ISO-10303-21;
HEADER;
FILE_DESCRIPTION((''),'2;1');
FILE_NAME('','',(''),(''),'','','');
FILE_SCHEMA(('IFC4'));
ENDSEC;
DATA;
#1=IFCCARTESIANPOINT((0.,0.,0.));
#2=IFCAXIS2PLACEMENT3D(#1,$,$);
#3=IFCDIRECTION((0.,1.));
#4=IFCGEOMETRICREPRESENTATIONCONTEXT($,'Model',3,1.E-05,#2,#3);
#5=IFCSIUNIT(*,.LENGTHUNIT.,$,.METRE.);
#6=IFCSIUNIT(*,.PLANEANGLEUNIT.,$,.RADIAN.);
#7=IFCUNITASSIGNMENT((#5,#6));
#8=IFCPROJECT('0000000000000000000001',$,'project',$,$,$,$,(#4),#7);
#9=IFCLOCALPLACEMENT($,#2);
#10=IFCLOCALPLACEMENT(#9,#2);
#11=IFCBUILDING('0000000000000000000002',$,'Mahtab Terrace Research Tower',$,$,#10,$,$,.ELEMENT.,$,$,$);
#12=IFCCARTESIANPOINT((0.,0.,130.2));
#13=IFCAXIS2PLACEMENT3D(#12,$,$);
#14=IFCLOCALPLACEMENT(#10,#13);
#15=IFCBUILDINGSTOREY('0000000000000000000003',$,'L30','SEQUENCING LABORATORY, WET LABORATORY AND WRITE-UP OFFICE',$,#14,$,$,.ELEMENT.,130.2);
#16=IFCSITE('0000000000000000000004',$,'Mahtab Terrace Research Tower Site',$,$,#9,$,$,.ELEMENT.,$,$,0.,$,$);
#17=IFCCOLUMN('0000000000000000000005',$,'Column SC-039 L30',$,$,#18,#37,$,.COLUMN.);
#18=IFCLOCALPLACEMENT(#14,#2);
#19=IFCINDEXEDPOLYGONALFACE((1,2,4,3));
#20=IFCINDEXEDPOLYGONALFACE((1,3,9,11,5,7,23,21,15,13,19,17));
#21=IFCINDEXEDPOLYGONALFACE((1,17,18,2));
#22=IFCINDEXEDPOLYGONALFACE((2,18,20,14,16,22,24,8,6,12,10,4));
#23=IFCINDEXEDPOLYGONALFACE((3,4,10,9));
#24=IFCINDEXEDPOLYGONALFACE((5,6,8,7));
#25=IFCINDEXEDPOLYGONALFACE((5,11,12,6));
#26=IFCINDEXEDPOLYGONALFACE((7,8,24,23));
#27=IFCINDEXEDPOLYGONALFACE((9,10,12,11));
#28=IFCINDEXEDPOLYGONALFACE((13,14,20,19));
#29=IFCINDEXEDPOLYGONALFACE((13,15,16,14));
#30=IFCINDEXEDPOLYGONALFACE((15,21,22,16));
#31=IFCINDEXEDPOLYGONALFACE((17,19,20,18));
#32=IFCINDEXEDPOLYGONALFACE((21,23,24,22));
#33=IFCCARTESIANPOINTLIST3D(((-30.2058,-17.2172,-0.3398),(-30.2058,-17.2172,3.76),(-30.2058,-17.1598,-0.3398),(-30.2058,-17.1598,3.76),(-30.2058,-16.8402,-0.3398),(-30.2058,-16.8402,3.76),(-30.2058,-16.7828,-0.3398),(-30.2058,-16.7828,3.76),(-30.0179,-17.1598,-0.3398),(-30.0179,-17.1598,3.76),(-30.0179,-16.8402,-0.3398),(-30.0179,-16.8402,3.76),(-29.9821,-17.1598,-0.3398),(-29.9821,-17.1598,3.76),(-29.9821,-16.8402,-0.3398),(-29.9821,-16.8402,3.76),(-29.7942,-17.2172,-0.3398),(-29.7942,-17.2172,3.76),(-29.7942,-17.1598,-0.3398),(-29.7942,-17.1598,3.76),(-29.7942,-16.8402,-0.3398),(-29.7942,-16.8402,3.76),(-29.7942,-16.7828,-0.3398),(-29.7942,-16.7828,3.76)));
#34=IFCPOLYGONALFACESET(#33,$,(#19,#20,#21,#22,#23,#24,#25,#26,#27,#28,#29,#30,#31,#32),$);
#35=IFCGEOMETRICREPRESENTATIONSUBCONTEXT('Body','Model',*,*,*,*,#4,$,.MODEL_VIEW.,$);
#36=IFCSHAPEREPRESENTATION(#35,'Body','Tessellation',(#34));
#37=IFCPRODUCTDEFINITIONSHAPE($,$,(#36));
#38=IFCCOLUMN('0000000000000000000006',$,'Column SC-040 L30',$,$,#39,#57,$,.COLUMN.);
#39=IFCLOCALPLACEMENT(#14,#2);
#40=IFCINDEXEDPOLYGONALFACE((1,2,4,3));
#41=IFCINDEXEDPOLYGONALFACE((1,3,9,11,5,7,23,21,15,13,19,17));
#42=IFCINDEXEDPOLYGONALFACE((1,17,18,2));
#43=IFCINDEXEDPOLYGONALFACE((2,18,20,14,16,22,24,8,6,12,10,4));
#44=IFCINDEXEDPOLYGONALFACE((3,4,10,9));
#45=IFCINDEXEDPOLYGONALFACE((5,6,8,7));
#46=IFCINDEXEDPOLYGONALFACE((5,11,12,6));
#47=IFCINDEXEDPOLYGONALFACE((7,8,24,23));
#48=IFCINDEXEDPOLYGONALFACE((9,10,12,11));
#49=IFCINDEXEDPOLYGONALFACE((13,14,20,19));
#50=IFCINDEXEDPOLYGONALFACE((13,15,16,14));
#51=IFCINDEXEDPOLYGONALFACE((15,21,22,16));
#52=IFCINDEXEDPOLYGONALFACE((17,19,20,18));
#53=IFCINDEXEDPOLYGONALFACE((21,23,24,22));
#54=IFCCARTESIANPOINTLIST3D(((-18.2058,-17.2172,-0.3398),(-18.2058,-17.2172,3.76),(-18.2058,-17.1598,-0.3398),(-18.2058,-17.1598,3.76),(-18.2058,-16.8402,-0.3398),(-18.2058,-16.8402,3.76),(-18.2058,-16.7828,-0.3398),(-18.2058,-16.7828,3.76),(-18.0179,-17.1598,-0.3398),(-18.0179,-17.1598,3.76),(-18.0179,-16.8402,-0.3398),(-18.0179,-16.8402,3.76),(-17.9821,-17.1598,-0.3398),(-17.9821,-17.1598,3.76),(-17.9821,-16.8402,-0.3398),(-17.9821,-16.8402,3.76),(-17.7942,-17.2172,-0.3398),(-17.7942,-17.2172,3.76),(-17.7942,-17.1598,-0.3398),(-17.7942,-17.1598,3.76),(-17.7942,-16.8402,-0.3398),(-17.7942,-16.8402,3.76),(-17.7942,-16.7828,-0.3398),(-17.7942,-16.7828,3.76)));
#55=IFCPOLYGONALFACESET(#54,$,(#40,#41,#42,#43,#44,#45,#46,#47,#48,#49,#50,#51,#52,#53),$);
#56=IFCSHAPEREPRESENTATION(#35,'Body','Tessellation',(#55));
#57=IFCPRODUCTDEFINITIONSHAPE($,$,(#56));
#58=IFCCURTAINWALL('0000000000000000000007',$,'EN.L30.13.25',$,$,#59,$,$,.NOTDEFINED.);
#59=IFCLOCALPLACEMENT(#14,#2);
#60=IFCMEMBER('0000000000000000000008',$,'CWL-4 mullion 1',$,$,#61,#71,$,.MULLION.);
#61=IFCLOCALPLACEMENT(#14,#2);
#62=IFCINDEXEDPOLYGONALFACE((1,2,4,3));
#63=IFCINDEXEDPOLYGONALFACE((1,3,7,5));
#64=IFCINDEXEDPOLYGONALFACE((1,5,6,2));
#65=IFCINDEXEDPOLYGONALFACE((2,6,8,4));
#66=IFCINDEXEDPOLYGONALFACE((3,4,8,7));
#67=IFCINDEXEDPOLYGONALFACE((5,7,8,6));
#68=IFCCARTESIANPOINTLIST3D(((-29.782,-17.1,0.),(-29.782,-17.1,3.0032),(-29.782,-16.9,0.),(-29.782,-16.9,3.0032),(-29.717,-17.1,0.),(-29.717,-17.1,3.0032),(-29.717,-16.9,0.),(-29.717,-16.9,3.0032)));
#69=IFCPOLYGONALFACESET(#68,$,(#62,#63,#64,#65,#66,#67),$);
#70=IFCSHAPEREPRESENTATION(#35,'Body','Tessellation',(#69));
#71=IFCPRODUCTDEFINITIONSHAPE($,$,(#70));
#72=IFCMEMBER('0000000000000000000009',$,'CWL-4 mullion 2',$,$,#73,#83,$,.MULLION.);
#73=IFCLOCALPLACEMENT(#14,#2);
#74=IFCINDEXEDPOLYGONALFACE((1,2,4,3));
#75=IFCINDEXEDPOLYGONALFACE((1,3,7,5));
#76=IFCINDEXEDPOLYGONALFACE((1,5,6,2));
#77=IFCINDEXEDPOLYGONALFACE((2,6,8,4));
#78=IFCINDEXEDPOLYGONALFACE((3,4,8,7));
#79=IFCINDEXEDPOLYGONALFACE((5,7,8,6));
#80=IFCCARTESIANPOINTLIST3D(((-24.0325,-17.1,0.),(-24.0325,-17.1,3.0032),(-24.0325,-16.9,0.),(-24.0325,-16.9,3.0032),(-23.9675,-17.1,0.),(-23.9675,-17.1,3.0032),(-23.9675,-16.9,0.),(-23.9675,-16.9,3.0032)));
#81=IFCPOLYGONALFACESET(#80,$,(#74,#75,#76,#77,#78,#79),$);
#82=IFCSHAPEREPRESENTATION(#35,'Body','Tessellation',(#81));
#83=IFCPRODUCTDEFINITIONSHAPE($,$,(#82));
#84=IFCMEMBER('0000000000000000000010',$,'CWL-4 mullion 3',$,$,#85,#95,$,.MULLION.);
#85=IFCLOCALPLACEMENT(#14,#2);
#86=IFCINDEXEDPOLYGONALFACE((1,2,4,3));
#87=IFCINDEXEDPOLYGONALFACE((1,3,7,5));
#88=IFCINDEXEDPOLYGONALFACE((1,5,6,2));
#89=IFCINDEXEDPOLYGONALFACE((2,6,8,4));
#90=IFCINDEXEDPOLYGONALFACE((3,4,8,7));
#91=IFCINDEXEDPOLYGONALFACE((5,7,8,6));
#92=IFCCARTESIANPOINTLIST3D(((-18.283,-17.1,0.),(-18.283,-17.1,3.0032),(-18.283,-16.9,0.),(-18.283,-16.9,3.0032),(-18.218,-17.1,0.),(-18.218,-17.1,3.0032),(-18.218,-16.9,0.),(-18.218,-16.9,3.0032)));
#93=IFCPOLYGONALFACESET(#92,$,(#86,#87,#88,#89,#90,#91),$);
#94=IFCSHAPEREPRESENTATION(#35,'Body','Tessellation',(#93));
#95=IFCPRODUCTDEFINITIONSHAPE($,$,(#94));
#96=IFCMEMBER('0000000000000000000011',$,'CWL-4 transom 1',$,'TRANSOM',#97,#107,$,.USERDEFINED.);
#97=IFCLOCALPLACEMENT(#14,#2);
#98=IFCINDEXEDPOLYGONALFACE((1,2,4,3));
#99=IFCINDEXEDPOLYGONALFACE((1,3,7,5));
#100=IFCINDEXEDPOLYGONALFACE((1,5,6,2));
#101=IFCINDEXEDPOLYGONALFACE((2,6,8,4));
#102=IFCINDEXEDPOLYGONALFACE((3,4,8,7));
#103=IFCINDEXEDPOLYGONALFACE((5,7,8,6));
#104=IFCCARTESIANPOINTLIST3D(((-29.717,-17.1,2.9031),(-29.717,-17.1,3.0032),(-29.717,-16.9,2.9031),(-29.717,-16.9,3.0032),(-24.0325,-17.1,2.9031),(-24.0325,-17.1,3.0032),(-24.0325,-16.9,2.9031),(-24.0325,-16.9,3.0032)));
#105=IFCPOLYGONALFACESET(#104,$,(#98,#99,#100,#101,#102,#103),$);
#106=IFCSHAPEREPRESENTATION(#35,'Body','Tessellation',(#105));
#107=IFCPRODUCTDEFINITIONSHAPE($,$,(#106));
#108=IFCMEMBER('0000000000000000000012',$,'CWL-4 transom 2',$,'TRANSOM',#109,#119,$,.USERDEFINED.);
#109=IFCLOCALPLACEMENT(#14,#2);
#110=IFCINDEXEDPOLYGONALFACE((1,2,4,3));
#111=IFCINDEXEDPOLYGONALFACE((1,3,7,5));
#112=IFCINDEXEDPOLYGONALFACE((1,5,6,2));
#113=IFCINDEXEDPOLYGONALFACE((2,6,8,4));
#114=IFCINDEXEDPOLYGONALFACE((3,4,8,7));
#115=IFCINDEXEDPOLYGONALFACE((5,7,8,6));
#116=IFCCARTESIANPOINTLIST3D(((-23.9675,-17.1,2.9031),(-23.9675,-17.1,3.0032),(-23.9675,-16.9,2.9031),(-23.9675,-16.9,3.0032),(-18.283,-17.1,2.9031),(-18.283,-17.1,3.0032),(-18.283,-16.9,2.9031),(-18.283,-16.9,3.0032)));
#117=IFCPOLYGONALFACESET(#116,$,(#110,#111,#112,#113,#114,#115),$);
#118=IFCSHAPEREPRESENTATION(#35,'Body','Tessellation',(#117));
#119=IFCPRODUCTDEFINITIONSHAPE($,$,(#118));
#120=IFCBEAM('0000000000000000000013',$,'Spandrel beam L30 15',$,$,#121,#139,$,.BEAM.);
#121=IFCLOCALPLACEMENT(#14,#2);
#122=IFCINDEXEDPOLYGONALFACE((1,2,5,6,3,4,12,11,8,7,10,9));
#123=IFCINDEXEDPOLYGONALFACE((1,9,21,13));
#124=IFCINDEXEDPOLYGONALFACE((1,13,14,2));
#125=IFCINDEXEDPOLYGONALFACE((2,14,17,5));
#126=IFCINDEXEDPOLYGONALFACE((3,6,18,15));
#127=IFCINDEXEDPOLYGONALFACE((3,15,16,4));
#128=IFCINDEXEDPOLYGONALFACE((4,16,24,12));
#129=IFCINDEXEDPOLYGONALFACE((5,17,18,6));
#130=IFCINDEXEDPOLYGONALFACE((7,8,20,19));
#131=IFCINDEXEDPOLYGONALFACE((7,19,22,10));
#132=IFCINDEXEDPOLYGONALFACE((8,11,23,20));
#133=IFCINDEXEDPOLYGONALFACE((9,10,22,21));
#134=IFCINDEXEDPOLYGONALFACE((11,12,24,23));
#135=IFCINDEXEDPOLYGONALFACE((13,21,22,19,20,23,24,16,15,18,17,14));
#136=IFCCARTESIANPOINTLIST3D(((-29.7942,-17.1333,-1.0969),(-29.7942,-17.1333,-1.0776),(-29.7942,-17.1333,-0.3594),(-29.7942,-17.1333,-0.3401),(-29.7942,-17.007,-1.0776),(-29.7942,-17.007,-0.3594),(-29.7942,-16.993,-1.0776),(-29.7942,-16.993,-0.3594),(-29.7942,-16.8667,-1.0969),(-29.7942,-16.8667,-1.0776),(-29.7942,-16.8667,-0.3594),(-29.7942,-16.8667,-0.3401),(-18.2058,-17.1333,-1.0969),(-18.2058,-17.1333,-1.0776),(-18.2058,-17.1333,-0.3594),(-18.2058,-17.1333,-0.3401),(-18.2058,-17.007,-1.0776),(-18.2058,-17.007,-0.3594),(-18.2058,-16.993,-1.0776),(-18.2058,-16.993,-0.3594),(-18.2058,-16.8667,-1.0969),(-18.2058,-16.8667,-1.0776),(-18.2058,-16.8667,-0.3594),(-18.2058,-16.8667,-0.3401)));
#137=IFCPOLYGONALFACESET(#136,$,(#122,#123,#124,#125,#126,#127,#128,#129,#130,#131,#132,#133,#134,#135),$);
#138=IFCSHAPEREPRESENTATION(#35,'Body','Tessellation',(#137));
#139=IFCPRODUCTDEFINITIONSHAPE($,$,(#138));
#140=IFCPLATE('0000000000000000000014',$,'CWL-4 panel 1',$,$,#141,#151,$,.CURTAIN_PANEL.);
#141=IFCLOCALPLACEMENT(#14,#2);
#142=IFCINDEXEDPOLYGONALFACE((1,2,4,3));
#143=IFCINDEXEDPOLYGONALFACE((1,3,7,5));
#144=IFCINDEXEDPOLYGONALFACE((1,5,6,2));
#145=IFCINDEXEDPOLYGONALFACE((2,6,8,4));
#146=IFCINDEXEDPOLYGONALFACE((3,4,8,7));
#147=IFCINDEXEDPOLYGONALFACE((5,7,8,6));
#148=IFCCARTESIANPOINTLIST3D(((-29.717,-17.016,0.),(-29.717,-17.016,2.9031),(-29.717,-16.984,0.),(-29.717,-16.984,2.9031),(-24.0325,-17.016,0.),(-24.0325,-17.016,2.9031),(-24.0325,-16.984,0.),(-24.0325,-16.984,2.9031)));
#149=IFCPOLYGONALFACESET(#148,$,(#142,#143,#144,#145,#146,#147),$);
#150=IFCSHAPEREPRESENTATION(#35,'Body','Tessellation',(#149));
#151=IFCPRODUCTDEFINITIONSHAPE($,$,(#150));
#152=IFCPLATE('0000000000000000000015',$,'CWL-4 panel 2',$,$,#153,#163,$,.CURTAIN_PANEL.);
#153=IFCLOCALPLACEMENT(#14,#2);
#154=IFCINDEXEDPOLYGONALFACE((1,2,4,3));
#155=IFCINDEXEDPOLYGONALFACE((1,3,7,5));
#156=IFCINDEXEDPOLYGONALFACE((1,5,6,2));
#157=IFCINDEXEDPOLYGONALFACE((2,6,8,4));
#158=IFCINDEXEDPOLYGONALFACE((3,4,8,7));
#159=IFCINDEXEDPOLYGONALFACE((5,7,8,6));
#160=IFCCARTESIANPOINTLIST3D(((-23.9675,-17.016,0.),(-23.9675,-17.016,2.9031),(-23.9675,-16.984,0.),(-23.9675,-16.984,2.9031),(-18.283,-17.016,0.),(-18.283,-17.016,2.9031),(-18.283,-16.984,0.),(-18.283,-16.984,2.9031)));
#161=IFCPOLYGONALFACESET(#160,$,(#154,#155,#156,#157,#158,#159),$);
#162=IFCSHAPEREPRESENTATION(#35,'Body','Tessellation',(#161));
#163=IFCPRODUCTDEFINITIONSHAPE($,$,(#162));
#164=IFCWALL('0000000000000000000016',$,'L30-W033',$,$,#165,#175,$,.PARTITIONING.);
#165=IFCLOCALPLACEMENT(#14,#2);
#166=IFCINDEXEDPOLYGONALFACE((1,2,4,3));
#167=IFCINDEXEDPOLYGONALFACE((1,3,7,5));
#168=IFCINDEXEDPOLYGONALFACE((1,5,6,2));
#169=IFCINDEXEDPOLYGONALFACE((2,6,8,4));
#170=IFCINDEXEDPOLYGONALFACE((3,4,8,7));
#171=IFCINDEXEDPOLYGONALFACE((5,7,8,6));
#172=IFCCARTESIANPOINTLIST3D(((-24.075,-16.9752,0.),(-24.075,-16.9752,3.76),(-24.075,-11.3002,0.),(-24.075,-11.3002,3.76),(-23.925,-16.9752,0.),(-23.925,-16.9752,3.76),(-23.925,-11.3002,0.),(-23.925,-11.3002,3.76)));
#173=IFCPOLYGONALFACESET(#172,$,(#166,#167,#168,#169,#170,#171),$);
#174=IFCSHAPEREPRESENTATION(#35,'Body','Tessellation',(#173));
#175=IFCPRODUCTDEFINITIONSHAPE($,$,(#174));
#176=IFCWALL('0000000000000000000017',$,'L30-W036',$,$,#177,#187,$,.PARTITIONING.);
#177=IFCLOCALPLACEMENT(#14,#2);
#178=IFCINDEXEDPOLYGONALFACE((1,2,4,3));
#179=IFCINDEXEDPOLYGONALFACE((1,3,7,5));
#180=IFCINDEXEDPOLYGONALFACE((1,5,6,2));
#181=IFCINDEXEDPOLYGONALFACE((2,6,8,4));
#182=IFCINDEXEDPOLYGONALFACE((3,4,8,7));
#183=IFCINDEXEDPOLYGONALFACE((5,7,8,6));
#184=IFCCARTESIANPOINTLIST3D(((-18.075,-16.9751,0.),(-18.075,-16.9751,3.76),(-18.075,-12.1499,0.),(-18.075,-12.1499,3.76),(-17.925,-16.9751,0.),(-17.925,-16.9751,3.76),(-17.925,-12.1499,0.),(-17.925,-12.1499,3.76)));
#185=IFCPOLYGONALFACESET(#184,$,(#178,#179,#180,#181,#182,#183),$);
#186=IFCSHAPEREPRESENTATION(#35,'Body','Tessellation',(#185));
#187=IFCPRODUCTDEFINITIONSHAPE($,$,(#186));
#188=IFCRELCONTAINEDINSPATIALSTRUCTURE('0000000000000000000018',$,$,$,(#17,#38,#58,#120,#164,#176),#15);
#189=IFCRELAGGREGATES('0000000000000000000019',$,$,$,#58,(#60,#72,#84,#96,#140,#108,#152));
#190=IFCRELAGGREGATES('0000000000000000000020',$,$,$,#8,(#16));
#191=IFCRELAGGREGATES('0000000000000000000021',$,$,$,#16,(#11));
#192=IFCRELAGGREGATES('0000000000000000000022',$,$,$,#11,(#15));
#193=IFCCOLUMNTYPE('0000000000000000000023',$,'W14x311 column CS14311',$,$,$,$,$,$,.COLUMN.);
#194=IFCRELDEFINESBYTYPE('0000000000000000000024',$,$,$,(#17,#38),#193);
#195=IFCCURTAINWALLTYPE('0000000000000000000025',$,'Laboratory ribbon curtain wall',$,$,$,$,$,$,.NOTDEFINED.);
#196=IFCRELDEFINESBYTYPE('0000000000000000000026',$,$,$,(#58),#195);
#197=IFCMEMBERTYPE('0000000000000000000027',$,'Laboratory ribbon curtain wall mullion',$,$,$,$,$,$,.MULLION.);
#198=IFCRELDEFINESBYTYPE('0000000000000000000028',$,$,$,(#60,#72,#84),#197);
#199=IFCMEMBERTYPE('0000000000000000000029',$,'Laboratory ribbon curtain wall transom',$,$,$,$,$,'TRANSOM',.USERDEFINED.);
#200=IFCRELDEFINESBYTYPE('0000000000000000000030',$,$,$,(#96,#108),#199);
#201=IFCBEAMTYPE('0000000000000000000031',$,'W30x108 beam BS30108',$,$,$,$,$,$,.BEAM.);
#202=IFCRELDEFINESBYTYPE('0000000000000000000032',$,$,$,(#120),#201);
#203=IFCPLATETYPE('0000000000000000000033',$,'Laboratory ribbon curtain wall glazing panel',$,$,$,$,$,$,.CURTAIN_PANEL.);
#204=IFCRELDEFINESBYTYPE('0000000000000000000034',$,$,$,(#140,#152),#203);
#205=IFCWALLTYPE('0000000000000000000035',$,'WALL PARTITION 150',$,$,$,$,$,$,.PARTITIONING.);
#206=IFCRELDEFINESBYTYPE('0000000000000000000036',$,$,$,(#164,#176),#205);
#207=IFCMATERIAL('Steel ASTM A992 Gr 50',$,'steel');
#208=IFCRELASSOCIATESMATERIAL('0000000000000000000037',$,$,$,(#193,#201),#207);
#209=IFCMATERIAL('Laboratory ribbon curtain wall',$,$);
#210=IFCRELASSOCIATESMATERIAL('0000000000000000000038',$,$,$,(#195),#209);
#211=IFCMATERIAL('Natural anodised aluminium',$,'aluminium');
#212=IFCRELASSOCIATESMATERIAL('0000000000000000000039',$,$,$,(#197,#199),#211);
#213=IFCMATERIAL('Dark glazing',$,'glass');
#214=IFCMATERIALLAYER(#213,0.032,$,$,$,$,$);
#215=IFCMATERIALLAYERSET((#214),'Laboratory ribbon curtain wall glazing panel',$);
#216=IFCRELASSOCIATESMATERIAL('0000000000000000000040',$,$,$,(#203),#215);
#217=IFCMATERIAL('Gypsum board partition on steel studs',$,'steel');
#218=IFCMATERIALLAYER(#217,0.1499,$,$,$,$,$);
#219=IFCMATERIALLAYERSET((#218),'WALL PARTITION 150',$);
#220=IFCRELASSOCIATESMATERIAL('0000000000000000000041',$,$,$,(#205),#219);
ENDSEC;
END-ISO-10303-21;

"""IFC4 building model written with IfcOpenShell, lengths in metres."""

from ifc_helpers import new_model, si_unit, direction, frame, frame_2d, origin, origin_2d, place, context, subcontext, project, spatial, rectangle, i_section, extrude, material, layer, layer_set, material_profile, profile_set, type_object, element, aggregate, save


model = new_model("IFC4")

# Units and contexts
model_context = context("Model", 3, precision=1e-05, world=origin(), true_north=direction((0.0, 1.0)))
body_context = subcontext(model_context, "Body", "Model", "MODEL_VIEW")
ifc_project = project(units=[si_unit("LENGTHUNIT", "METRE"), si_unit("PLANEANGLEUNIT", "RADIAN")], contexts=[model_context])

# Site, building, storey
site_placement = place(None, origin())
site = spatial("IfcSite", under=ifc_project, at=site_placement, Name="Mahtab Terrace Research Tower Site", CompositionType="ELEMENT", RefElevation=0.0)
building_placement = place(site_placement, origin())
building = spatial("IfcBuilding", under=site, at=building_placement, Name="Mahtab Terrace Research Tower", CompositionType="ELEMENT")
storey_placement = place(building_placement, frame((0.0, 0.0, 130.2)))
storey = spatial("IfcBuildingStorey", under=building, at=storey_placement, Name="L30", Description="SEQUENCING LABORATORY, WET LABORATORY AND WRITE-UP OFFICE", CompositionType="ELEMENT", Elevation=130.2)

# Columns
ifc_material_1 = material(Name="Steel ASTM A992 Gr 50", Category="steel")
ifc_material_profile_1 = material_profile(ifc_material_1, i_section(OverallWidth=0.4116, OverallDepth=0.4343, WebThickness=0.0359, FlangeThickness=0.0574, at=origin_2d()), Name="W14X311")
ifc_profile_set_1 = profile_set([ifc_material_profile_1], Name="Steel ASTM A992 Gr 50")
column_type = type_object("IfcColumnType", Name="W14x311 column CS14311", PredefinedType="COLUMN", material=ifc_profile_set_1)
for number, where, z_axis, x_axis, name in (
    (1, (-30.0, -17.0, -0.3398), (0.0, 0.0, 1.0), (1.0, 0.0, 0.0), "Column SC-039 L30"),
    (2, (-18.0, -17.0, -0.3398), (0.0, 0.0, 1.0), (1.0, 0.0, 0.0), "Column SC-040 L30"),
):
    element("IfcColumn", number, at=place(storey_placement, frame(where, z_axis=z_axis, x_axis=x_axis)), inside=storey, type_object=column_type, Name=name, PredefinedType="COLUMN", context=body_context, shape_type="SweptSolid", body=[
        extrude(i_section(OverallWidth=0.4116, OverallDepth=0.4343, WebThickness=0.0359, FlangeThickness=0.0574, at=origin_2d()), origin(), (0.0, 0.0, 1.0), 4.0999),
    ])

# Curtain wall, members
ifc_material_2 = material(Name="Laboratory ribbon curtain wall")
curtain_wall_type = type_object("IfcCurtainWallType", Name="Laboratory ribbon curtain wall", PredefinedType="NOTDEFINED", material=ifc_material_2)
curtain_wall_placement = place(storey_placement, origin())
curtain_wall = element("IfcCurtainWall", 3, at=curtain_wall_placement, inside=storey, type_object=curtain_wall_type, Name="EN.L30.13.25", PredefinedType="NOTDEFINED")
ifc_material_3 = material(Name="Natural anodised aluminium", Category="aluminium")
ifc_material_profile_2 = material_profile(ifc_material_3, rectangle(XDim=0.2, YDim=0.0649, at=origin_2d()), Name="MULLION 65x200")
ifc_profile_set_2 = profile_set([ifc_material_profile_2], Name="Natural anodised aluminium")
member_type_1 = type_object("IfcMemberType", Name="Laboratory ribbon curtain wall mullion", PredefinedType="MULLION", material=ifc_profile_set_2)
member_1_placement = place(storey_placement, frame((-29.7495, -17.0, 0.0), z_axis=(0.0, 0.0, 1.0), x_axis=(0.0, 1.0, 0.0)))
member_1 = element("IfcMember", 4, at=member_1_placement, type_object=member_type_1, Name="CWL-4 mullion 1", PredefinedType="MULLION", context=body_context, shape_type="SweptSolid", body=[
    extrude(rectangle(XDim=0.2, YDim=0.0649, at=origin_2d()), origin(), (0.0, 0.0, 1.0), 3.0032),
])
member_2_placement = place(storey_placement, frame((-24.0, -17.0, 0.0), z_axis=(0.0, 0.0, 1.0), x_axis=(0.0, 1.0, 0.0)))
member_2 = element("IfcMember", 5, at=member_2_placement, type_object=member_type_1, Name="CWL-4 mullion 2", PredefinedType="MULLION", context=body_context, shape_type="SweptSolid", body=[
    extrude(rectangle(XDim=0.2, YDim=0.0649, at=origin_2d()), origin(), (0.0, 0.0, 1.0), 3.0032),
])
member_3_placement = place(storey_placement, frame((-18.2505, -17.0, 0.0), z_axis=(0.0, 0.0, 1.0), x_axis=(0.0, 1.0, 0.0)))
member_3 = element("IfcMember", 6, at=member_3_placement, type_object=member_type_1, Name="CWL-4 mullion 3", PredefinedType="MULLION", context=body_context, shape_type="SweptSolid", body=[
    extrude(rectangle(XDim=0.2, YDim=0.0649, at=origin_2d()), origin(), (0.0, 0.0, 1.0), 3.0032),
])
ifc_material_profile_3 = material_profile(ifc_material_3, rectangle(XDim=0.2, YDim=0.1001, at=origin_2d()), Name="TRANSOM 100x200")
ifc_profile_set_3 = profile_set([ifc_material_profile_3], Name="Natural anodised aluminium")
member_type_2 = type_object("IfcMemberType", Name="Laboratory ribbon curtain wall transom", ElementType="TRANSOM", PredefinedType="USERDEFINED", material=ifc_profile_set_3)
member_4_placement = place(storey_placement, frame((-29.717, -17.0, 2.9531), z_axis=(1.0, 0.0, 0.0), x_axis=(0.0, 1.0, 0.0)))
member_4 = element("IfcMember", 7, at=member_4_placement, type_object=member_type_2, Name="CWL-4 transom 1", ObjectType="TRANSOM", PredefinedType="USERDEFINED", context=body_context, shape_type="SweptSolid", body=[
    extrude(rectangle(XDim=0.2, YDim=0.1001, at=origin_2d()), origin(), (0.0, 0.0, 1.0), 5.6846),
])
member_5_placement = place(storey_placement, frame((-23.9675, -17.0, 2.9531), z_axis=(1.0, 0.0, 0.0), x_axis=(0.0, 1.0, 0.0)))
member_5 = element("IfcMember", 8, at=member_5_placement, type_object=member_type_2, Name="CWL-4 transom 2", ObjectType="TRANSOM", PredefinedType="USERDEFINED", context=body_context, shape_type="SweptSolid", body=[
    extrude(rectangle(XDim=0.2, YDim=0.1001, at=origin_2d()), origin(), (0.0, 0.0, 1.0), 5.6846),
])

# Beam
ifc_material_profile_4 = material_profile(ifc_material_1, i_section(OverallWidth=0.2666, OverallDepth=0.7568, WebThickness=0.0139, FlangeThickness=0.0193, at=origin_2d()), Name="W30X108")
ifc_profile_set_4 = profile_set([ifc_material_profile_4], Name="Steel ASTM A992 Gr 50")
beam_type = type_object("IfcBeamType", Name="W30x108 beam BS30108", PredefinedType="BEAM", material=ifc_profile_set_4)
beam_placement = place(storey_placement, frame((-29.7942, -17.0, -0.7185), z_axis=(1.0, 0.0, 0.0), x_axis=(0.0, 1.0, 0.0)))
element("IfcBeam", 9, at=beam_placement, inside=storey, type_object=beam_type, Name="Spandrel beam L30 15", PredefinedType="BEAM", context=body_context, shape_type="SweptSolid", body=[
    extrude(i_section(OverallWidth=0.2666, OverallDepth=0.7568, WebThickness=0.0139, FlangeThickness=0.0193, at=origin_2d()), origin(), (0.0, 0.0, 1.0), 11.5884),
])

# Plates
ifc_material_4 = material(Name="Dark glazing", Category="glass")
ifc_layer_1 = layer(ifc_material_4, 0.032)
ifc_layer_set_1 = layer_set([ifc_layer_1], Name="Laboratory ribbon curtain wall glazing panel")
plate_type = type_object("IfcPlateType", Name="Laboratory ribbon curtain wall glazing panel", PredefinedType="CURTAIN_PANEL", material=ifc_layer_set_1)
plate_1_placement = place(storey_placement, frame((-26.8748, -17.0, 0.0), z_axis=(0.0, 0.0, 1.0), x_axis=(1.0, 0.0, 0.0)))
plate_1 = element("IfcPlate", 10, at=plate_1_placement, type_object=plate_type, Name="CWL-4 panel 1", PredefinedType="CURTAIN_PANEL", context=body_context, shape_type="SweptSolid", body=[
    extrude(rectangle(XDim=5.6846, YDim=0.032, at=origin_2d()), origin(), (0.0, 0.0, 1.0), 2.9031),
])
plate_2_placement = place(storey_placement, frame((-21.1252, -17.0, 0.0), z_axis=(0.0, 0.0, 1.0), x_axis=(1.0, 0.0, 0.0)))
plate_2 = element("IfcPlate", 11, at=plate_2_placement, type_object=plate_type, Name="CWL-4 panel 2", PredefinedType="CURTAIN_PANEL", context=body_context, shape_type="SweptSolid", body=[
    extrude(rectangle(XDim=5.6846, YDim=0.032, at=origin_2d()), origin(), (0.0, 0.0, 1.0), 2.9031),
])
aggregate(curtain_wall, [member_1, member_2, member_3, member_4, plate_1, member_5, plate_2])

# Walls
ifc_material_5 = material(Name="Gypsum board partition on steel studs", Category="steel")
ifc_layer_2 = layer(ifc_material_5, 0.1499)
ifc_layer_set_2 = layer_set([ifc_layer_2], Name="WALL PARTITION 150")
wall_type = type_object("IfcWallType", Name="WALL PARTITION 150", PredefinedType="PARTITIONING", material=ifc_layer_set_2)
wall_1_placement = place(storey_placement, frame((-24.0, -16.9751, 0.0), z_axis=(0.0, 0.0, 1.0), x_axis=(0.0, 1.0, 0.0)))
element("IfcWall", 12, at=wall_1_placement, inside=storey, type_object=wall_type, Name="L30-W033", PredefinedType="PARTITIONING", context=body_context, shape_type="SweptSolid", body=[
    extrude(rectangle(XDim=5.675, YDim=0.1499, at=frame_2d((2.8374, 0.0))), origin(), (0.0, 0.0, 1.0), 3.76),
])
wall_2_placement = place(storey_placement, frame((-18.0, -16.9751, 0.0), z_axis=(0.0, 0.0, 1.0), x_axis=(0.0, 1.0, 0.0)))
element("IfcWall", 13, at=wall_2_placement, inside=storey, type_object=wall_type, Name="L30-W036", PredefinedType="PARTITIONING", context=body_context, shape_type="SweptSolid", body=[
    extrude(rectangle(XDim=4.8252, YDim=0.1499, at=frame_2d((2.4126, 0.0))), origin(), (0.0, 0.0, 1.0), 3.76),
])

save(model, "model.ifc")
